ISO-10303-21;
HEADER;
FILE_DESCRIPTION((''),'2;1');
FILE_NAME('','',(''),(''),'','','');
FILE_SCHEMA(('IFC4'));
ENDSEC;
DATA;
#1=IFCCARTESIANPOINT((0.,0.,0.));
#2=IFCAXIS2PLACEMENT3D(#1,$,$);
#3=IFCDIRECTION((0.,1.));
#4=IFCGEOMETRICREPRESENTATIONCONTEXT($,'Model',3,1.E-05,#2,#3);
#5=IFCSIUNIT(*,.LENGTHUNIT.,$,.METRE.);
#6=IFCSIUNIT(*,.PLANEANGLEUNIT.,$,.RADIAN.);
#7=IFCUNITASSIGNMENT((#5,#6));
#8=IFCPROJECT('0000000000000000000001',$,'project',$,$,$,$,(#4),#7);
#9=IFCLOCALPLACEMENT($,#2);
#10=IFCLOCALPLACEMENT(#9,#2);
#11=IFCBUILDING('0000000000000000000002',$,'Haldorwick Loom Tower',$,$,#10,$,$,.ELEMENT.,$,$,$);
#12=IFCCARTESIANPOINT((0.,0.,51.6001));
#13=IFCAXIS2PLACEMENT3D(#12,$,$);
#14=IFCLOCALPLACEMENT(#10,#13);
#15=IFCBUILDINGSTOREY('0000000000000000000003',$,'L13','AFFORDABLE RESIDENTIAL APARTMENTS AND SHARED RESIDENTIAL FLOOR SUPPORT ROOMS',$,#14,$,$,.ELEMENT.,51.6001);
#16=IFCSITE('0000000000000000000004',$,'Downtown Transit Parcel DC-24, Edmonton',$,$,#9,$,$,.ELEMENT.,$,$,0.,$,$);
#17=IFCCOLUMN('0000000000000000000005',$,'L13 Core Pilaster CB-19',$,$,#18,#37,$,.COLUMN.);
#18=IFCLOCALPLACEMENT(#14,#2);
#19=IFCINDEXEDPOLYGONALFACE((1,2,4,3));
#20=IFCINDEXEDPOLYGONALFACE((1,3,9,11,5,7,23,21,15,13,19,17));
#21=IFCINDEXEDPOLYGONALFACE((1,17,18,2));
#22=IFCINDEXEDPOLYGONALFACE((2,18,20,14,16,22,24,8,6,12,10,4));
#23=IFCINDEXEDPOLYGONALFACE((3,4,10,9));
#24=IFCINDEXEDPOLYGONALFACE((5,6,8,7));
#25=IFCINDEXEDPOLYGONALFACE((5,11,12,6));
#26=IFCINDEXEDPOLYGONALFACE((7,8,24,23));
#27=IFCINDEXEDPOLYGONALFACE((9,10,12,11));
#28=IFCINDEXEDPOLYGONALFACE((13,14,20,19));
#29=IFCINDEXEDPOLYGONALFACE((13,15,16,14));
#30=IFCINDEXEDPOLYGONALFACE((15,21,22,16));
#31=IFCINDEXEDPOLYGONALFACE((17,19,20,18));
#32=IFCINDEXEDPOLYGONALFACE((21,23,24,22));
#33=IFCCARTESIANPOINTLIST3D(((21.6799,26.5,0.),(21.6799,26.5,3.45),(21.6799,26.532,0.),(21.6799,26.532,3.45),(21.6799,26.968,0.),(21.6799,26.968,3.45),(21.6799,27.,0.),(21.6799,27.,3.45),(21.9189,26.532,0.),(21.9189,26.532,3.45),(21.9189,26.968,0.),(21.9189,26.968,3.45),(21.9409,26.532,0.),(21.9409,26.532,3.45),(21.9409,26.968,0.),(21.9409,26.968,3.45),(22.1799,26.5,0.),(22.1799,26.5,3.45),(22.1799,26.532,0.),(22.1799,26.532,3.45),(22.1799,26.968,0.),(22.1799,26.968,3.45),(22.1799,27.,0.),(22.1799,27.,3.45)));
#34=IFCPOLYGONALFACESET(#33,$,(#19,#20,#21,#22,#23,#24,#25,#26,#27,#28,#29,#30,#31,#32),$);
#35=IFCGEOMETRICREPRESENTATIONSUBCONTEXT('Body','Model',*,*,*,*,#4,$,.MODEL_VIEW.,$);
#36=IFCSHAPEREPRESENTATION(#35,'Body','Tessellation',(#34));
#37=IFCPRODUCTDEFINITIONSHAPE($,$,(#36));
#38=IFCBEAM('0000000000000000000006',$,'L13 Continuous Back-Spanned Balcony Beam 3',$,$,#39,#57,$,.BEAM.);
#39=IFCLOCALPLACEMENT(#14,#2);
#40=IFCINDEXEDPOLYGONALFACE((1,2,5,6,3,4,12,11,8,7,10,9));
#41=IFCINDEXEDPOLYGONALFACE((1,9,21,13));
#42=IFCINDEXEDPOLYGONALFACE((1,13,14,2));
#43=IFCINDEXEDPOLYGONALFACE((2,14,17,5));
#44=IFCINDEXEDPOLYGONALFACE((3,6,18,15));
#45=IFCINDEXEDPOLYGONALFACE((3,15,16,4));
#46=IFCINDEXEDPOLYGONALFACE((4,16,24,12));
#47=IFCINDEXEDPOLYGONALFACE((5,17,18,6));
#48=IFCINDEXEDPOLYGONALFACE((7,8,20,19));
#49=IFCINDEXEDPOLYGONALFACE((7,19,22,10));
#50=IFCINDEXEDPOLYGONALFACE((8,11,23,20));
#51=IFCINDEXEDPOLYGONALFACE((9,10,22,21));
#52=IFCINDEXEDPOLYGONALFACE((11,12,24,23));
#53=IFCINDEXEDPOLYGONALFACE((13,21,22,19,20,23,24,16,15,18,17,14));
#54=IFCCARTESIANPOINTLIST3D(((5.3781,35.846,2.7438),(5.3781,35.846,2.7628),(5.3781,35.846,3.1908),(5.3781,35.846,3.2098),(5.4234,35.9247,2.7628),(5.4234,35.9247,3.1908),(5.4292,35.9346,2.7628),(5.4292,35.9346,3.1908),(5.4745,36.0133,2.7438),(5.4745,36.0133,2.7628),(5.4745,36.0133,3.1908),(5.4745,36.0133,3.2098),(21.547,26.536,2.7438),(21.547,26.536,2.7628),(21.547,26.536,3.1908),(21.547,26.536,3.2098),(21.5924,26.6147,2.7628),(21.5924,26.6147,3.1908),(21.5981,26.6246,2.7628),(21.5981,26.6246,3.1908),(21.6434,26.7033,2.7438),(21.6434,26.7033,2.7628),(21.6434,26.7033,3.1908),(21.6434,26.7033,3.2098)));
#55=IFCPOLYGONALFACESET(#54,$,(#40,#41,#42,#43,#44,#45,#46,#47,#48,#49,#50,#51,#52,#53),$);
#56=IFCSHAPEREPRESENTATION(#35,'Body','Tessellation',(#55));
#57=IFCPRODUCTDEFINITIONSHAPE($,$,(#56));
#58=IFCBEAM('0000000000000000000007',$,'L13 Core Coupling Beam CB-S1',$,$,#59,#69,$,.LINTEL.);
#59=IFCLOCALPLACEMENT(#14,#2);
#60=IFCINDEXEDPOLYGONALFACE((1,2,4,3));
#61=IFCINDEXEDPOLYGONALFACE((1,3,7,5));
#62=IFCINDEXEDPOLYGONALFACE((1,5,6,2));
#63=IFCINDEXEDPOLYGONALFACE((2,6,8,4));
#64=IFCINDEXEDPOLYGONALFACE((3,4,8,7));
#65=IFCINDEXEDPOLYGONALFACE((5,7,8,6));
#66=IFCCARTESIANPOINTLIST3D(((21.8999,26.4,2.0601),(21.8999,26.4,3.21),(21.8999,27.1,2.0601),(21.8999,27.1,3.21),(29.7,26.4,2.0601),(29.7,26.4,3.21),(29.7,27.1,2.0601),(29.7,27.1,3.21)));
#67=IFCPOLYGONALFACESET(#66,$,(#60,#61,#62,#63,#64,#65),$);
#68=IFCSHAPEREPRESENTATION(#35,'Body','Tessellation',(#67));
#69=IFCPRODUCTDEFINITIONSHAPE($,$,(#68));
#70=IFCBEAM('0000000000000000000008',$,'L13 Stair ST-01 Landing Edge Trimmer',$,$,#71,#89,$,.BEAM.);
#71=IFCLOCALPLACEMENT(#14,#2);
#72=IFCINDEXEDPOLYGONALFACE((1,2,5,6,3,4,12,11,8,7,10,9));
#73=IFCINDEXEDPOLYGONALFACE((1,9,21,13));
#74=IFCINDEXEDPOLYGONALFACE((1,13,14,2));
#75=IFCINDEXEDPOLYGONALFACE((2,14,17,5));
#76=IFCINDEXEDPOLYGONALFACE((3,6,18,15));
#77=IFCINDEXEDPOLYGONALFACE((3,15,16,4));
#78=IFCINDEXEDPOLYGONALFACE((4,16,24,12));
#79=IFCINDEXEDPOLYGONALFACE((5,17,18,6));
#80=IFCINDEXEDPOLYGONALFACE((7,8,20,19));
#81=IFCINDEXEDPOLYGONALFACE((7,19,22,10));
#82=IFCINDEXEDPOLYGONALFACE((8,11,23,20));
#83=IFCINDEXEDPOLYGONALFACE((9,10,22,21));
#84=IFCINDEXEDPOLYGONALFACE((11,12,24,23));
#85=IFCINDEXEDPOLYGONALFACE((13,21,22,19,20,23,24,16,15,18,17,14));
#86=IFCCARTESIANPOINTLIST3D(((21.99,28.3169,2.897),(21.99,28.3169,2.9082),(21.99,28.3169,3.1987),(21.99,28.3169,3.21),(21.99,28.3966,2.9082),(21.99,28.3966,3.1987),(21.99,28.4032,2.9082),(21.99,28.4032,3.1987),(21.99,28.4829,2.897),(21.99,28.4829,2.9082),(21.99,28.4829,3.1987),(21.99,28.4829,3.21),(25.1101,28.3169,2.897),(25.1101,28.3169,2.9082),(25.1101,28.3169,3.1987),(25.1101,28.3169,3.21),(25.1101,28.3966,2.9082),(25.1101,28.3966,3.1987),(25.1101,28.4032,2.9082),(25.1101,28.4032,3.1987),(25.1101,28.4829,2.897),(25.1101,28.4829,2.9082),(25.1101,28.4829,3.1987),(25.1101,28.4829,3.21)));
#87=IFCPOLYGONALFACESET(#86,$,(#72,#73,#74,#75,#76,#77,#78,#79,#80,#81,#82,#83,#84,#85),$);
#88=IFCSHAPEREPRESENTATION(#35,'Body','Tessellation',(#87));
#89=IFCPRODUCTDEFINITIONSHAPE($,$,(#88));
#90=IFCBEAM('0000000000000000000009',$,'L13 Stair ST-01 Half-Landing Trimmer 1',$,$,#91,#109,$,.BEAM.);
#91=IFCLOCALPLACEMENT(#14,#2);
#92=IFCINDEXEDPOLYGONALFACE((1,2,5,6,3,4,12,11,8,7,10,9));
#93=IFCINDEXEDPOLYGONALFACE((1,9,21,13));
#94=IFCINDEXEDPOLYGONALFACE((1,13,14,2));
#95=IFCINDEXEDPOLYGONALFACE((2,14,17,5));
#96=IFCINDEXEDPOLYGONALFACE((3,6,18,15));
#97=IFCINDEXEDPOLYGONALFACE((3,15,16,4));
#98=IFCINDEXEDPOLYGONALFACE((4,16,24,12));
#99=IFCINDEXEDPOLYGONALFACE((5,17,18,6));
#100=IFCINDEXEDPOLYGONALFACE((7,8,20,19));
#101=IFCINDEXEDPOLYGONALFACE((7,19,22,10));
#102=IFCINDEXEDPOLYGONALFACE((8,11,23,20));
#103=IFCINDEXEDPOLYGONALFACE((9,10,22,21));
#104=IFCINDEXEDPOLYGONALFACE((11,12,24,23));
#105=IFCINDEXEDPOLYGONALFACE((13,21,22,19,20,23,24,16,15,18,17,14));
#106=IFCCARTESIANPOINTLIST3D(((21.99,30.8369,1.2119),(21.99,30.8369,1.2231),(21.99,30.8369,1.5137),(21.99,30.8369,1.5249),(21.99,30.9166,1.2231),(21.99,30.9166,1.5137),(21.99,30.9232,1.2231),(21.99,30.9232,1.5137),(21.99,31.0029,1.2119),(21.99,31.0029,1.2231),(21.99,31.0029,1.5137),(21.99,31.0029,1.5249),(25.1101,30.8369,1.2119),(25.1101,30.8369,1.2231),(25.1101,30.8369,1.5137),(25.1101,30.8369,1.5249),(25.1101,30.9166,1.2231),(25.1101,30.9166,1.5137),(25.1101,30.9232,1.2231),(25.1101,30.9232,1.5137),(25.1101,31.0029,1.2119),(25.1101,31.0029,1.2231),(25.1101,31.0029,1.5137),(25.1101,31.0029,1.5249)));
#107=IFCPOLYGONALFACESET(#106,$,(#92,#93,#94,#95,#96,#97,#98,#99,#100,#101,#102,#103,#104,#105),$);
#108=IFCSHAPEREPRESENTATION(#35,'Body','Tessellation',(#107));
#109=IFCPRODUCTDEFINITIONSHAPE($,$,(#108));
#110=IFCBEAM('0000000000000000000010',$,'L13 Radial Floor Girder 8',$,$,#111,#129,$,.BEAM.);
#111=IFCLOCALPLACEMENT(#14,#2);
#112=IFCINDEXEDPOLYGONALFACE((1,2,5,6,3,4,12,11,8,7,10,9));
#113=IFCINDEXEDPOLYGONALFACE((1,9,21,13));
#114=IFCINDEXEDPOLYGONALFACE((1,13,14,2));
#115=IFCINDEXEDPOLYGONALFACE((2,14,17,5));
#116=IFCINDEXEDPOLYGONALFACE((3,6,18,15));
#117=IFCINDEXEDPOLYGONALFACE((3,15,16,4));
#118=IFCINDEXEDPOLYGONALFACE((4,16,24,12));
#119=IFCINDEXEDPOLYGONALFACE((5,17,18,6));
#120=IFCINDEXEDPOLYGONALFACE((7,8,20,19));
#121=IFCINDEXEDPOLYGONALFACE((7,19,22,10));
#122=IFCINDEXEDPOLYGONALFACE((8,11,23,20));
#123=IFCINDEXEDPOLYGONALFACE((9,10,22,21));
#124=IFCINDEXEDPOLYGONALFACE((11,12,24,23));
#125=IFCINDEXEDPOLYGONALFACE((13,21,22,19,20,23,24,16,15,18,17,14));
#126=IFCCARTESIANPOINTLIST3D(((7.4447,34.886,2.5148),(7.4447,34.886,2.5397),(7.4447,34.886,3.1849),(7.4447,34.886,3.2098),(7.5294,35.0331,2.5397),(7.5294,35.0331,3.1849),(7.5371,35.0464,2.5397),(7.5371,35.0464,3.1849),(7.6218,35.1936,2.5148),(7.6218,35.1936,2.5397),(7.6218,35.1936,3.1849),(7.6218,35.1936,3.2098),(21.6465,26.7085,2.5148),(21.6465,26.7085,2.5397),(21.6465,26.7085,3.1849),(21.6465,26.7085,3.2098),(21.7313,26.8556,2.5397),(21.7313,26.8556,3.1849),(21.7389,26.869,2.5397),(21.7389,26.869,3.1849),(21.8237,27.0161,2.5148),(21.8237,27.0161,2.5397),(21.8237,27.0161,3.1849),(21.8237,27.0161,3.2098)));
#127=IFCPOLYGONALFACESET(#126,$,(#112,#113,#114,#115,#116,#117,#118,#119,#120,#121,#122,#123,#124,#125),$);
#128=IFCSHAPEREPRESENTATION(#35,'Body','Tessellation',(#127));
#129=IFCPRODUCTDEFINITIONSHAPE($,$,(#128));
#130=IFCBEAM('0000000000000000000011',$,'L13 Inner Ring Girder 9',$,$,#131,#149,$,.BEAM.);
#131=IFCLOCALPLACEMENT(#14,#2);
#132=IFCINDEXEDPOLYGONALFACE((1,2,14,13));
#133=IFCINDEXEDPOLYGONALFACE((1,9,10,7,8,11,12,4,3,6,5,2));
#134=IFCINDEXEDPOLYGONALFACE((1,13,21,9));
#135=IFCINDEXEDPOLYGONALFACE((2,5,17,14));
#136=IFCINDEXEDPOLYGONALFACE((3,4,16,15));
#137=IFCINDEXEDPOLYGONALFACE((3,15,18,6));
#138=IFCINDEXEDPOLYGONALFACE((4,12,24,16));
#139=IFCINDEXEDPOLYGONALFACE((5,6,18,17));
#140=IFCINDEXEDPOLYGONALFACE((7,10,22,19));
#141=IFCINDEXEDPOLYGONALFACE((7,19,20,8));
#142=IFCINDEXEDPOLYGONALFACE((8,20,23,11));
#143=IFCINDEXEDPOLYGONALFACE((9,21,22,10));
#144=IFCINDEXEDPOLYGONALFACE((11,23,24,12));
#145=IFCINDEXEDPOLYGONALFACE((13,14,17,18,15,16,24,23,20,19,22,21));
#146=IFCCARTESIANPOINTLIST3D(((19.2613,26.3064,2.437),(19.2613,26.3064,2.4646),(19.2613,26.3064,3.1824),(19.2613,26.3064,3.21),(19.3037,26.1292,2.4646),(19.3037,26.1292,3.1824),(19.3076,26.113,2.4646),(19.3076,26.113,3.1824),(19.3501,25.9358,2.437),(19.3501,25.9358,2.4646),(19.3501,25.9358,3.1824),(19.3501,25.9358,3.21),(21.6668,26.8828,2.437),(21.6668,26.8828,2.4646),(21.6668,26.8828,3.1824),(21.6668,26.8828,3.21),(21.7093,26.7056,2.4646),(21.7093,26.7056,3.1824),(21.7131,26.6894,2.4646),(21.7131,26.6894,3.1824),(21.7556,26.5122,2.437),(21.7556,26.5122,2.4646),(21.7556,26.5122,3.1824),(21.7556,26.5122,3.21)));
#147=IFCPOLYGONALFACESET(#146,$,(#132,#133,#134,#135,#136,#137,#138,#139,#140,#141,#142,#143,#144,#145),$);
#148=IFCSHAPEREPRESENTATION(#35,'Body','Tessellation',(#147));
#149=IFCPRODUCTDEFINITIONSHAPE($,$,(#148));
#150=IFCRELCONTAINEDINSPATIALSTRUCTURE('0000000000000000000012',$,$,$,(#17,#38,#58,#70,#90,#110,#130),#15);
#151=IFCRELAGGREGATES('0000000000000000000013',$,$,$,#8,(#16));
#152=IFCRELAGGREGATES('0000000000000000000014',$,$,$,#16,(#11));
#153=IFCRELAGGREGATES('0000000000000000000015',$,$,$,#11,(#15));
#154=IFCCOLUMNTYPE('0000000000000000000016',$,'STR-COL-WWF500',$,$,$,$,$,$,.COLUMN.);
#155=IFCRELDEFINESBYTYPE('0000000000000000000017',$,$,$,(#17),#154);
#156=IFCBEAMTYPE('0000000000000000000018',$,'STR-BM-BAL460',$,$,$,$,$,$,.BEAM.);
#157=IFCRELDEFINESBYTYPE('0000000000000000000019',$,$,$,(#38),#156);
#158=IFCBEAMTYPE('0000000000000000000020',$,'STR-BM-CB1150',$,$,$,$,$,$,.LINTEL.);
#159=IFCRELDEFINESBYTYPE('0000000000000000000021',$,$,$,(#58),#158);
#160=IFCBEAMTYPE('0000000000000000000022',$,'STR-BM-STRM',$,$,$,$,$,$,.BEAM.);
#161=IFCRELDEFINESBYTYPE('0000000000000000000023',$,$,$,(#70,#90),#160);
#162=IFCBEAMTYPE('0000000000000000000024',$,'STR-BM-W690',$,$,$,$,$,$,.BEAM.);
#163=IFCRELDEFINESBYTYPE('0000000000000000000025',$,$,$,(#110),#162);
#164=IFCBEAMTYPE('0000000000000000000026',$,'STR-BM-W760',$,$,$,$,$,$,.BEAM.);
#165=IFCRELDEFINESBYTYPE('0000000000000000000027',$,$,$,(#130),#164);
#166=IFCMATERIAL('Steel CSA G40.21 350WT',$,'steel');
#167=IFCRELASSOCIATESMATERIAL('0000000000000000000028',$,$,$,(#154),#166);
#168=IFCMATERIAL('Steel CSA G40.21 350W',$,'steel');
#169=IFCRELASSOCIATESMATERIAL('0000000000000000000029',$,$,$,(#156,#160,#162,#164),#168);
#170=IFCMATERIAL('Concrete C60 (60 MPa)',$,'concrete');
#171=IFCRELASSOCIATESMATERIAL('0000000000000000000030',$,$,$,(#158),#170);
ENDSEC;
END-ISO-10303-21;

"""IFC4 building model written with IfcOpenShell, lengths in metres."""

from ifc_helpers import new_model, si_unit, direction, frame, origin, origin_2d, place, context, subcontext, project, spatial, rectangle, i_section, extrude, material, material_profile, profile_set, type_object, element, save


model = new_model("IFC4")

# Units and contexts
model_context = context("Model", 3, precision=1e-05, world=origin(), true_north=direction((0.0, 1.0)))
body_context = subcontext(model_context, "Body", "Model", "MODEL_VIEW")
ifc_project = project(units=[si_unit("LENGTHUNIT", "METRE"), si_unit("PLANEANGLEUNIT", "RADIAN")], contexts=[model_context])

# Site, building, storey
site_placement = place(None, origin())
site = spatial("IfcSite", under=ifc_project, at=site_placement, Name="Downtown Transit Parcel DC-24, Edmonton", CompositionType="ELEMENT", RefElevation=0.0)
building_placement = place(site_placement, origin())
building = spatial("IfcBuilding", under=site, at=building_placement, Name="Haldorwick Loom Tower", CompositionType="ELEMENT")
storey_placement = place(building_placement, frame((0.0, 0.0, 51.6001)))
storey = spatial("IfcBuildingStorey", under=building, at=storey_placement, Name="L13", Description="AFFORDABLE RESIDENTIAL APARTMENTS AND SHARED RESIDENTIAL FLOOR SUPPORT ROOMS", CompositionType="ELEMENT", Elevation=51.6001)

# Column
ifc_material_1 = material(Name="Steel CSA G40.21 350WT", Category="steel")
ifc_material_profile_1 = material_profile(ifc_material_1, i_section(OverallWidth=0.5, OverallDepth=0.5, WebThickness=0.022, FlangeThickness=0.032, at=origin_2d()), Name="WWF500X500", Category="steel")
ifc_profile_set_1 = profile_set([ifc_material_profile_1], Name="Steel CSA G40.21 350WT")
column_type = type_object("IfcColumnType", Name="STR-COL-WWF500", PredefinedType="COLUMN", material=ifc_profile_set_1)
column_placement = place(storey_placement, frame((21.9299, 26.75, 0.0), z_axis=(0.0, 0.0, 1.0), x_axis=(1.0, 0.0, 0.0)))
element("IfcColumn", 1, at=column_placement, inside=storey, type_object=column_type, Name="L13 Core Pilaster CB-19", PredefinedType="COLUMN", context=body_context, shape_type="SweptSolid", body=[
    extrude(i_section(OverallWidth=0.5, OverallDepth=0.5, WebThickness=0.022, FlangeThickness=0.032, at=origin_2d()), origin(), (0.0, 0.0, 1.0), 3.45),
])

# Beams
ifc_material_2 = material(Name="Steel CSA G40.21 350W", Category="steel")
ifc_material_profile_2 = material_profile(ifc_material_2, i_section(OverallWidth=0.1931, OverallDepth=0.4661, WebThickness=0.0115, FlangeThickness=0.019, at=origin_2d()), Name="W460X97", Category="steel")
ifc_profile_set_2 = profile_set([ifc_material_profile_2], Name="Steel CSA G40.21 350W")
beam_type_1 = type_object("IfcBeamType", Name="STR-BM-BAL460", PredefinedType="BEAM", material=ifc_profile_set_2)
beam_1_placement = place(storey_placement, frame((21.5952, 26.6196, 2.9768), z_axis=(-0.866607, 0.498991, 0.0), x_axis=(-0.498991, -0.866607, 0.0)))
element("IfcBeam", 2, at=beam_1_placement, inside=storey, type_object=beam_type_1, Name="L13 Continuous Back-Spanned Balcony Beam 3", PredefinedType="BEAM", context=body_context, shape_type="SweptSolid", body=[
    extrude(i_section(OverallWidth=0.1931, OverallDepth=0.4661, WebThickness=0.0115, FlangeThickness=0.019, at=origin_2d()), origin(), (0.0, 0.0, 1.0), 18.6577),
])
ifc_material_3 = material(Name="Concrete C60 (60 MPa)", Category="concrete")
ifc_material_profile_3 = material_profile(ifc_material_3, rectangle(XDim=0.7, YDim=1.1499, at=origin_2d()), Name="RC700X1150", Category="concrete")
ifc_profile_set_3 = profile_set([ifc_material_profile_3], Name="Concrete C60 (60 MPa)")
beam_type_2 = type_object("IfcBeamType", Name="STR-BM-CB1150", PredefinedType="LINTEL", material=ifc_profile_set_3)
beam_2_placement = place(storey_placement, frame((21.8999, 26.75, 2.635), z_axis=(1.0, 0.0, 0.0), x_axis=(0.0, 1.0, 0.0)))
element("IfcBeam", 3, at=beam_2_placement, inside=storey, type_object=beam_type_2, Name="L13 Core Coupling Beam CB-S1", PredefinedType="LINTEL", context=body_context, shape_type="SweptSolid", body=[
    extrude(rectangle(XDim=0.7, YDim=1.1499, at=origin_2d()), origin(), (0.0, 0.0, 1.0), 7.8),
])
ifc_material_profile_4 = material_profile(ifc_material_2, i_section(OverallWidth=0.166, OverallDepth=0.313, WebThickness=0.0066, FlangeThickness=0.0112, at=origin_2d()), Name="W310X45", Category="steel")
ifc_profile_set_4 = profile_set([ifc_material_profile_4], Name="Steel CSA G40.21 350W")
beam_type_3 = type_object("IfcBeamType", Name="STR-BM-STRM", PredefinedType="BEAM", material=ifc_profile_set_4)
for number, where, z_axis, x_axis, name in (
    (4, (21.99, 28.3999, 3.0535), (1.0, 0.0, 0.0), (0.0, 1.0, 0.0), "L13 Stair ST-01 Landing Edge Trimmer"),
    (5, (21.99, 30.9199, 1.3684), (1.0, 0.0, 0.0), (0.0, 1.0, 0.0), "L13 Stair ST-01 Half-Landing Trimmer 1"),
):
    element("IfcBeam", number, at=place(storey_placement, frame(where, z_axis=z_axis, x_axis=x_axis)), inside=storey, type_object=beam_type_3, Name=name, PredefinedType="BEAM", context=body_context, shape_type="SweptSolid", body=[
        extrude(i_section(OverallWidth=0.166, OverallDepth=0.313, WebThickness=0.0066, FlangeThickness=0.0112, at=origin_2d()), origin(), (0.0, 0.0, 1.0), 3.1201),
    ])
ifc_material_profile_5 = material_profile(ifc_material_2, i_section(OverallWidth=0.355, OverallDepth=0.6951, WebThickness=0.0154, FlangeThickness=0.0249, at=origin_2d()), Name="W690X217", Category="steel")
ifc_profile_set_5 = profile_set([ifc_material_profile_5], Name="Steel CSA G40.21 350W")
beam_type_4 = type_object("IfcBeamType", Name="STR-BM-W690", PredefinedType="BEAM", material=ifc_profile_set_5)
beam_3_placement = place(storey_placement, frame((21.7351, 26.8623, 2.8623), z_axis=(-0.866606, 0.498994, 0.0), x_axis=(-0.498994, -0.866606, 0.0)))
element("IfcBeam", 6, at=beam_3_placement, inside=storey, type_object=beam_type_4, Name="L13 Radial Floor Girder 8", PredefinedType="BEAM", context=body_context, shape_type="SweptSolid", body=[
    extrude(i_section(OverallWidth=0.355, OverallDepth=0.6951, WebThickness=0.0154, FlangeThickness=0.0249, at=origin_2d()), origin(), (0.0, 0.0, 1.0), 16.3879),
])
ifc_material_profile_6 = material_profile(ifc_material_2, i_section(OverallWidth=0.3811, OverallDepth=0.7729, WebThickness=0.0166, FlangeThickness=0.0276, at=origin_2d()), Name="W760X257", Category="steel")
ifc_profile_set_6 = profile_set([ifc_material_profile_6], Name="Steel CSA G40.21 350W")
beam_type_5 = type_object("IfcBeamType", Name="STR-BM-W760", PredefinedType="BEAM", material=ifc_profile_set_6)
beam_4_placement = place(storey_placement, frame((19.3057, 26.1211, 2.8235), z_axis=(0.972471, 0.233026, 0.0), x_axis=(-0.233026, 0.972471, 0.0)))
element("IfcBeam", 7, at=beam_4_placement, inside=storey, type_object=beam_type_5, Name="L13 Inner Ring Girder 9", PredefinedType="BEAM", context=body_context, shape_type="SweptSolid", body=[
    extrude(i_section(OverallWidth=0.3811, OverallDepth=0.7729, WebThickness=0.0166, FlangeThickness=0.0276, at=origin_2d()), origin(), (0.0, 0.0, 1.0), 2.4736),
])

save(model, "model.ifc")
